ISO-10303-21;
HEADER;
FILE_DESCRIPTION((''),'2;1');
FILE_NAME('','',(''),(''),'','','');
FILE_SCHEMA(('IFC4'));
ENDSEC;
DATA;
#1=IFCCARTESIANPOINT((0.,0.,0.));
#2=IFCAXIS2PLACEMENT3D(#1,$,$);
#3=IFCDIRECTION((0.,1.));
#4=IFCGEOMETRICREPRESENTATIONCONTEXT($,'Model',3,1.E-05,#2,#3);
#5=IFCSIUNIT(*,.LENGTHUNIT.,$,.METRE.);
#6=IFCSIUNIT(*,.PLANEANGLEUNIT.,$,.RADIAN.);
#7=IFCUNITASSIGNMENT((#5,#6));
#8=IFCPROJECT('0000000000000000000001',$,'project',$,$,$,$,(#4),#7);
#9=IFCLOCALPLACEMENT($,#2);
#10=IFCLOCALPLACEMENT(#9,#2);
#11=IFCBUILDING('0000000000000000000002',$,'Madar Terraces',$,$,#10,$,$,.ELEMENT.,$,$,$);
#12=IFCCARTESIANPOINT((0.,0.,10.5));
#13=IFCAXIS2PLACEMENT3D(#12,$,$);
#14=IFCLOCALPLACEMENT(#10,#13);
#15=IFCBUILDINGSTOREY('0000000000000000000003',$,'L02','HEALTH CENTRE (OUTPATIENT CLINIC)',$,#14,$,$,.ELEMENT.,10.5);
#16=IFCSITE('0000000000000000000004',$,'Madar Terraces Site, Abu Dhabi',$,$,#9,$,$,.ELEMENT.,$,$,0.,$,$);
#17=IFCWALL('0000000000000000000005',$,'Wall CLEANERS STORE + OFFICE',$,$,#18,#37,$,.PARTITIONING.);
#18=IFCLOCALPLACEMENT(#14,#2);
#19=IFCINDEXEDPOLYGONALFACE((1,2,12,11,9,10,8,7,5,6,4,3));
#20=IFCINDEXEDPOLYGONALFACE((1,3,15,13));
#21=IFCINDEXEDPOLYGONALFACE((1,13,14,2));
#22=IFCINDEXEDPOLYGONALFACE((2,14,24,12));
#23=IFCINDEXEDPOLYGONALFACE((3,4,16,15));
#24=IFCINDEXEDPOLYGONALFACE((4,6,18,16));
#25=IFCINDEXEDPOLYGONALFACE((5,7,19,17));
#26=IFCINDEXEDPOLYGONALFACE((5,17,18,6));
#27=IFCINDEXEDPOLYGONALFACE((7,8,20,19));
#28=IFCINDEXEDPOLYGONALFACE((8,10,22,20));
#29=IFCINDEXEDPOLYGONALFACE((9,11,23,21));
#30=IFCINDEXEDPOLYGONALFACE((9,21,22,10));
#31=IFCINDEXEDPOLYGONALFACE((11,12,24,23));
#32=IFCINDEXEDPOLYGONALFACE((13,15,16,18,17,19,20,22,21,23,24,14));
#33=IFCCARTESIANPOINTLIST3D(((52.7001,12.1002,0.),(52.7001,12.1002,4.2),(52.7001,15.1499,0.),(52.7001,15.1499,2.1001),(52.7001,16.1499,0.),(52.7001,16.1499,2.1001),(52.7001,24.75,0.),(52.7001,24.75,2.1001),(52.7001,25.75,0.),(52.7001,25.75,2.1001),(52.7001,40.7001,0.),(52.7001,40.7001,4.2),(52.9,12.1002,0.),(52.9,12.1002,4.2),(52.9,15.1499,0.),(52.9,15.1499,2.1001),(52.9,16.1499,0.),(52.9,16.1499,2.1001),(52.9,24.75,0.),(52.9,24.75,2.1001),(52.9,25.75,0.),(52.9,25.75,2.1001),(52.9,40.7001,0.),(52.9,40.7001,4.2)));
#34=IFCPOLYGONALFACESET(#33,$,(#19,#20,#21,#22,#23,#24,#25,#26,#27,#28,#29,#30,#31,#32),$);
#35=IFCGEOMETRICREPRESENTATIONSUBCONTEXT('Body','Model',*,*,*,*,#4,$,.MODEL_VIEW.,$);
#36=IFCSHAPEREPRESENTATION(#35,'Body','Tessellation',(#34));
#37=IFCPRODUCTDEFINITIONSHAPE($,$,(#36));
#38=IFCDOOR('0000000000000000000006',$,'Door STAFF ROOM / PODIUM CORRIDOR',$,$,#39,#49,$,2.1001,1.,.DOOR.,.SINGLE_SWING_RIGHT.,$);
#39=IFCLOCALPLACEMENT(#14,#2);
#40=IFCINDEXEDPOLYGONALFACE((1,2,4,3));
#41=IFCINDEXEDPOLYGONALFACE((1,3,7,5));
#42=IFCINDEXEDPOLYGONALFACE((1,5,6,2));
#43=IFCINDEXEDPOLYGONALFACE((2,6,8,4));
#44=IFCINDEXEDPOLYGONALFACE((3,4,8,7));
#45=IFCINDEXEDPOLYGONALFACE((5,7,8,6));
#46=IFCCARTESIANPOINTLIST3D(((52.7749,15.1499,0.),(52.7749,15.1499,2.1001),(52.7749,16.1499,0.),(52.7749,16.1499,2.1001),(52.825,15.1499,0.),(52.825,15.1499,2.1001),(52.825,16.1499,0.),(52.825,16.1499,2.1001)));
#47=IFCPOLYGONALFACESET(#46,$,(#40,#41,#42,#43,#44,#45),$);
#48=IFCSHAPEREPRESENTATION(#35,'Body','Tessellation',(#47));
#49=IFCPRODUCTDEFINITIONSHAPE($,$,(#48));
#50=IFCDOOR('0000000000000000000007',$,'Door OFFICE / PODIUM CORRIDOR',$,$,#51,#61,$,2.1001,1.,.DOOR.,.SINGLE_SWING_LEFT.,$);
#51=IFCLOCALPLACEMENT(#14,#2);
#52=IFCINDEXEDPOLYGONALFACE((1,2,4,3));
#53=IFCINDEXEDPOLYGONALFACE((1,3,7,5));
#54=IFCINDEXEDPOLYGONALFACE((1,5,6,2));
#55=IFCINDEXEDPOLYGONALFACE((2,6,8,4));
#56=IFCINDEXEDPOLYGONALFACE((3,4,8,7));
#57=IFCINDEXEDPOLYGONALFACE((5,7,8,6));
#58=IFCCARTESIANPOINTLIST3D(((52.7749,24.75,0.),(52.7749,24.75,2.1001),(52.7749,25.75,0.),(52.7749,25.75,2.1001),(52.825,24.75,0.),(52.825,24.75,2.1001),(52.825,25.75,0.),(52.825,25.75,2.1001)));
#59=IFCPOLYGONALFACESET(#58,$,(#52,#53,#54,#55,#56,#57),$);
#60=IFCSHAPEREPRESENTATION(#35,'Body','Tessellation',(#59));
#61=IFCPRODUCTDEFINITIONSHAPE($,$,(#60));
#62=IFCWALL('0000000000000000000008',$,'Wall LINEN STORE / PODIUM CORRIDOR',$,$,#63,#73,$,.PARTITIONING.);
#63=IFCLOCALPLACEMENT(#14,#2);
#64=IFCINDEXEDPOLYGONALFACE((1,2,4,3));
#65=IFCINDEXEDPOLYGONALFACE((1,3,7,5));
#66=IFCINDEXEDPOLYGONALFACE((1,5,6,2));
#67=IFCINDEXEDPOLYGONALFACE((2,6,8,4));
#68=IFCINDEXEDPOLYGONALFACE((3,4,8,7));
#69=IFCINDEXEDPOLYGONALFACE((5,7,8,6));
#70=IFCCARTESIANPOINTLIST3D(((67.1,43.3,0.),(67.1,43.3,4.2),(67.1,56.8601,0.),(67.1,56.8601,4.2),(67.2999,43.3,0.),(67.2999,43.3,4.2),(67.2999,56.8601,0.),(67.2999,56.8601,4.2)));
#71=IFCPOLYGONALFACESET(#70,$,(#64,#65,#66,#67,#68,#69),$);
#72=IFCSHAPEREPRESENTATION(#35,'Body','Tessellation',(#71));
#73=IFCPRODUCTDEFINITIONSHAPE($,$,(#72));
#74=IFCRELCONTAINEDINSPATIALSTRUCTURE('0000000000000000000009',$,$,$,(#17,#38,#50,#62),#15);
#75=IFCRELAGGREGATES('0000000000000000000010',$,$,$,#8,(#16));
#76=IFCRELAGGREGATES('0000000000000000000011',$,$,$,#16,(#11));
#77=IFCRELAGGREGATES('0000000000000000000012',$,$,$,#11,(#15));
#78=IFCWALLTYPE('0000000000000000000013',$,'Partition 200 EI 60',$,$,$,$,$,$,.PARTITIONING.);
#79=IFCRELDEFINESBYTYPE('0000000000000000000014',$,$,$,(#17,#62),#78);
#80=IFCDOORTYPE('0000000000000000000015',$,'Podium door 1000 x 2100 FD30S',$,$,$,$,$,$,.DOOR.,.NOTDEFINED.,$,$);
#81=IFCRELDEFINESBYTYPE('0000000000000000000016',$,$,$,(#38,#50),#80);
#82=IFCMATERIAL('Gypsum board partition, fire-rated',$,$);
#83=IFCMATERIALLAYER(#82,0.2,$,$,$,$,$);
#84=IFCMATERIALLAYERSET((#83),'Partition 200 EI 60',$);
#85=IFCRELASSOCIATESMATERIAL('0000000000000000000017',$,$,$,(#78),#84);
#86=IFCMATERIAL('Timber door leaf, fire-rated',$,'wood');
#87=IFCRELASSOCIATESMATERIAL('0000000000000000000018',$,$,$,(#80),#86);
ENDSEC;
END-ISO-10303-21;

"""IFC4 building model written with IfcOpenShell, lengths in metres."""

from ifc_helpers import new_model, si_unit, direction, frame, frame_2d, origin, place, context, subcontext, project, spatial, rectangle, extrude, material, layer, layer_set, type_object, element, fill, save


model = new_model("IFC4")

# Units and contexts
model_context = context("Model", 3, precision=1e-05, world=origin(), true_north=direction((0.0, 1.0)))
body_context = subcontext(model_context, "Body", "Model", "MODEL_VIEW")
ifc_project = project(units=[si_unit("LENGTHUNIT", "METRE"), si_unit("PLANEANGLEUNIT", "RADIAN")], contexts=[model_context])

# Site, building, storey
site_placement = place(None, origin())
site = spatial("IfcSite", under=ifc_project, at=site_placement, Name="Madar Terraces Site, Abu Dhabi", CompositionType="ELEMENT", RefElevation=0.0)
building_placement = place(site_placement, origin())
building = spatial("IfcBuilding", under=site, at=building_placement, Name="Madar Terraces", CompositionType="ELEMENT")
storey_placement = place(building_placement, frame((0.0, 0.0, 10.5)))
storey = spatial("IfcBuildingStorey", under=building, at=storey_placement, Name="L02", Description="HEALTH CENTRE (OUTPATIENT CLINIC)", CompositionType="ELEMENT", Elevation=10.5)

# Shared definitions
ifc_material_1 = material(Name="Gypsum board partition, fire-rated")
ifc_layer_1 = layer(ifc_material_1, 0.2)
ifc_layer_set_1 = layer_set([ifc_layer_1], Name="Partition 200 EI 60")
wall_type = type_object("IfcWallType", Name="Partition 200 EI 60", PredefinedType="PARTITIONING", material=ifc_layer_set_1)

# Wall, openings, doors
wall_1_placement = place(storey_placement, frame((52.8, 40.7, 0.0), z_axis=(0.0, 0.0, 1.0), x_axis=(0.0, -1.0, 0.0)))
wall_1 = element("IfcWall", 1, at=wall_1_placement, inside=storey, type_object=wall_type, Name="Wall CLEANERS STORE + OFFICE", PredefinedType="PARTITIONING", context=body_context, shape_type="SweptSolid", body=[
    extrude(rectangle(XDim=28.5999, YDim=0.2, at=frame_2d((14.2998, 0.0))), origin(), (0.0, 0.0, 1.0), 4.2),
])
opening_1_placement = place(wall_1_placement, frame((24.55, 0.0, 0.0)))
opening_1 = element("IfcOpeningElement", 2, at=opening_1_placement, cuts=wall_1, PredefinedType="OPENING", context=body_context, shape_type="SweptSolid", body=[
    extrude(rectangle(XDim=1.0, YDim=2.1001, at=frame_2d((0.5, 1.05))), frame((0.0, 0.1099, 0.0), z_axis=(0.0, -1.0, 0.0), x_axis=(1.0, 0.0, 0.0)), (0.0, 0.0, 1.0), 0.22),
])
opening_2_placement = place(wall_1_placement, frame((14.95, 0.0, 0.0)))
opening_2 = element("IfcOpeningElement", 3, at=opening_2_placement, cuts=wall_1, PredefinedType="OPENING", context=body_context, shape_type="SweptSolid", body=[
    extrude(rectangle(XDim=1.0, YDim=2.1001, at=frame_2d((0.5, 1.05))), frame((0.0, 0.1099, 0.0), z_axis=(0.0, -1.0, 0.0), x_axis=(1.0, 0.0, 0.0)), (0.0, 0.0, 1.0), 0.22),
])
ifc_material_2 = material(Name="Timber door leaf, fire-rated", Category="wood")
door_type = type_object("IfcDoorType", Name="Podium door 1000 x 2100 FD30S", OperationType="NOTDEFINED", PredefinedType="DOOR", material=ifc_material_2)
door_1_placement = place(opening_1_placement, origin())
door_1 = element("IfcDoor", 4, at=door_1_placement, inside=storey, type_object=door_type, Name="Door STAFF ROOM / PODIUM CORRIDOR", OperationType="SINGLE_SWING_RIGHT", OverallHeight=2.1001, OverallWidth=1.0, PredefinedType="DOOR", context=body_context, shape_type="SweptSolid", body=[
    extrude(rectangle(XDim=1.0, YDim=2.1001, at=frame_2d((0.5, 1.05))), frame((0.0, 0.0249, 0.0), z_axis=(0.0, -1.0, 0.0), x_axis=(1.0, 0.0, 0.0)), (0.0, 0.0, 1.0), 0.05),
])
fill(opening_1, door_1)
door_2_placement = place(opening_2_placement, origin())
door_2 = element("IfcDoor", 5, at=door_2_placement, inside=storey, type_object=door_type, Name="Door OFFICE / PODIUM CORRIDOR", OperationType="SINGLE_SWING_LEFT", OverallHeight=2.1001, OverallWidth=1.0, PredefinedType="DOOR", context=body_context, shape_type="SweptSolid", body=[
    extrude(rectangle(XDim=1.0, YDim=2.1001, at=frame_2d((0.5, 1.05))), frame((0.0, 0.0249, 0.0), z_axis=(0.0, -1.0, 0.0), x_axis=(1.0, 0.0, 0.0)), (0.0, 0.0, 1.0), 0.05),
])
fill(opening_2, door_2)

# Wall
wall_2_placement = place(storey_placement, frame((67.2, 43.3, 0.0), z_axis=(0.0, 0.0, 1.0), x_axis=(0.0, 1.0, 0.0)))
element("IfcWall", 6, at=wall_2_placement, inside=storey, type_object=wall_type, Name="Wall LINEN STORE / PODIUM CORRIDOR", PredefinedType="PARTITIONING", context=body_context, shape_type="SweptSolid", body=[
    extrude(rectangle(XDim=13.5601, YDim=0.2, at=frame_2d((6.78, 0.0))), origin(), (0.0, 0.0, 1.0), 4.2),
])

save(model, "model.ifc")
